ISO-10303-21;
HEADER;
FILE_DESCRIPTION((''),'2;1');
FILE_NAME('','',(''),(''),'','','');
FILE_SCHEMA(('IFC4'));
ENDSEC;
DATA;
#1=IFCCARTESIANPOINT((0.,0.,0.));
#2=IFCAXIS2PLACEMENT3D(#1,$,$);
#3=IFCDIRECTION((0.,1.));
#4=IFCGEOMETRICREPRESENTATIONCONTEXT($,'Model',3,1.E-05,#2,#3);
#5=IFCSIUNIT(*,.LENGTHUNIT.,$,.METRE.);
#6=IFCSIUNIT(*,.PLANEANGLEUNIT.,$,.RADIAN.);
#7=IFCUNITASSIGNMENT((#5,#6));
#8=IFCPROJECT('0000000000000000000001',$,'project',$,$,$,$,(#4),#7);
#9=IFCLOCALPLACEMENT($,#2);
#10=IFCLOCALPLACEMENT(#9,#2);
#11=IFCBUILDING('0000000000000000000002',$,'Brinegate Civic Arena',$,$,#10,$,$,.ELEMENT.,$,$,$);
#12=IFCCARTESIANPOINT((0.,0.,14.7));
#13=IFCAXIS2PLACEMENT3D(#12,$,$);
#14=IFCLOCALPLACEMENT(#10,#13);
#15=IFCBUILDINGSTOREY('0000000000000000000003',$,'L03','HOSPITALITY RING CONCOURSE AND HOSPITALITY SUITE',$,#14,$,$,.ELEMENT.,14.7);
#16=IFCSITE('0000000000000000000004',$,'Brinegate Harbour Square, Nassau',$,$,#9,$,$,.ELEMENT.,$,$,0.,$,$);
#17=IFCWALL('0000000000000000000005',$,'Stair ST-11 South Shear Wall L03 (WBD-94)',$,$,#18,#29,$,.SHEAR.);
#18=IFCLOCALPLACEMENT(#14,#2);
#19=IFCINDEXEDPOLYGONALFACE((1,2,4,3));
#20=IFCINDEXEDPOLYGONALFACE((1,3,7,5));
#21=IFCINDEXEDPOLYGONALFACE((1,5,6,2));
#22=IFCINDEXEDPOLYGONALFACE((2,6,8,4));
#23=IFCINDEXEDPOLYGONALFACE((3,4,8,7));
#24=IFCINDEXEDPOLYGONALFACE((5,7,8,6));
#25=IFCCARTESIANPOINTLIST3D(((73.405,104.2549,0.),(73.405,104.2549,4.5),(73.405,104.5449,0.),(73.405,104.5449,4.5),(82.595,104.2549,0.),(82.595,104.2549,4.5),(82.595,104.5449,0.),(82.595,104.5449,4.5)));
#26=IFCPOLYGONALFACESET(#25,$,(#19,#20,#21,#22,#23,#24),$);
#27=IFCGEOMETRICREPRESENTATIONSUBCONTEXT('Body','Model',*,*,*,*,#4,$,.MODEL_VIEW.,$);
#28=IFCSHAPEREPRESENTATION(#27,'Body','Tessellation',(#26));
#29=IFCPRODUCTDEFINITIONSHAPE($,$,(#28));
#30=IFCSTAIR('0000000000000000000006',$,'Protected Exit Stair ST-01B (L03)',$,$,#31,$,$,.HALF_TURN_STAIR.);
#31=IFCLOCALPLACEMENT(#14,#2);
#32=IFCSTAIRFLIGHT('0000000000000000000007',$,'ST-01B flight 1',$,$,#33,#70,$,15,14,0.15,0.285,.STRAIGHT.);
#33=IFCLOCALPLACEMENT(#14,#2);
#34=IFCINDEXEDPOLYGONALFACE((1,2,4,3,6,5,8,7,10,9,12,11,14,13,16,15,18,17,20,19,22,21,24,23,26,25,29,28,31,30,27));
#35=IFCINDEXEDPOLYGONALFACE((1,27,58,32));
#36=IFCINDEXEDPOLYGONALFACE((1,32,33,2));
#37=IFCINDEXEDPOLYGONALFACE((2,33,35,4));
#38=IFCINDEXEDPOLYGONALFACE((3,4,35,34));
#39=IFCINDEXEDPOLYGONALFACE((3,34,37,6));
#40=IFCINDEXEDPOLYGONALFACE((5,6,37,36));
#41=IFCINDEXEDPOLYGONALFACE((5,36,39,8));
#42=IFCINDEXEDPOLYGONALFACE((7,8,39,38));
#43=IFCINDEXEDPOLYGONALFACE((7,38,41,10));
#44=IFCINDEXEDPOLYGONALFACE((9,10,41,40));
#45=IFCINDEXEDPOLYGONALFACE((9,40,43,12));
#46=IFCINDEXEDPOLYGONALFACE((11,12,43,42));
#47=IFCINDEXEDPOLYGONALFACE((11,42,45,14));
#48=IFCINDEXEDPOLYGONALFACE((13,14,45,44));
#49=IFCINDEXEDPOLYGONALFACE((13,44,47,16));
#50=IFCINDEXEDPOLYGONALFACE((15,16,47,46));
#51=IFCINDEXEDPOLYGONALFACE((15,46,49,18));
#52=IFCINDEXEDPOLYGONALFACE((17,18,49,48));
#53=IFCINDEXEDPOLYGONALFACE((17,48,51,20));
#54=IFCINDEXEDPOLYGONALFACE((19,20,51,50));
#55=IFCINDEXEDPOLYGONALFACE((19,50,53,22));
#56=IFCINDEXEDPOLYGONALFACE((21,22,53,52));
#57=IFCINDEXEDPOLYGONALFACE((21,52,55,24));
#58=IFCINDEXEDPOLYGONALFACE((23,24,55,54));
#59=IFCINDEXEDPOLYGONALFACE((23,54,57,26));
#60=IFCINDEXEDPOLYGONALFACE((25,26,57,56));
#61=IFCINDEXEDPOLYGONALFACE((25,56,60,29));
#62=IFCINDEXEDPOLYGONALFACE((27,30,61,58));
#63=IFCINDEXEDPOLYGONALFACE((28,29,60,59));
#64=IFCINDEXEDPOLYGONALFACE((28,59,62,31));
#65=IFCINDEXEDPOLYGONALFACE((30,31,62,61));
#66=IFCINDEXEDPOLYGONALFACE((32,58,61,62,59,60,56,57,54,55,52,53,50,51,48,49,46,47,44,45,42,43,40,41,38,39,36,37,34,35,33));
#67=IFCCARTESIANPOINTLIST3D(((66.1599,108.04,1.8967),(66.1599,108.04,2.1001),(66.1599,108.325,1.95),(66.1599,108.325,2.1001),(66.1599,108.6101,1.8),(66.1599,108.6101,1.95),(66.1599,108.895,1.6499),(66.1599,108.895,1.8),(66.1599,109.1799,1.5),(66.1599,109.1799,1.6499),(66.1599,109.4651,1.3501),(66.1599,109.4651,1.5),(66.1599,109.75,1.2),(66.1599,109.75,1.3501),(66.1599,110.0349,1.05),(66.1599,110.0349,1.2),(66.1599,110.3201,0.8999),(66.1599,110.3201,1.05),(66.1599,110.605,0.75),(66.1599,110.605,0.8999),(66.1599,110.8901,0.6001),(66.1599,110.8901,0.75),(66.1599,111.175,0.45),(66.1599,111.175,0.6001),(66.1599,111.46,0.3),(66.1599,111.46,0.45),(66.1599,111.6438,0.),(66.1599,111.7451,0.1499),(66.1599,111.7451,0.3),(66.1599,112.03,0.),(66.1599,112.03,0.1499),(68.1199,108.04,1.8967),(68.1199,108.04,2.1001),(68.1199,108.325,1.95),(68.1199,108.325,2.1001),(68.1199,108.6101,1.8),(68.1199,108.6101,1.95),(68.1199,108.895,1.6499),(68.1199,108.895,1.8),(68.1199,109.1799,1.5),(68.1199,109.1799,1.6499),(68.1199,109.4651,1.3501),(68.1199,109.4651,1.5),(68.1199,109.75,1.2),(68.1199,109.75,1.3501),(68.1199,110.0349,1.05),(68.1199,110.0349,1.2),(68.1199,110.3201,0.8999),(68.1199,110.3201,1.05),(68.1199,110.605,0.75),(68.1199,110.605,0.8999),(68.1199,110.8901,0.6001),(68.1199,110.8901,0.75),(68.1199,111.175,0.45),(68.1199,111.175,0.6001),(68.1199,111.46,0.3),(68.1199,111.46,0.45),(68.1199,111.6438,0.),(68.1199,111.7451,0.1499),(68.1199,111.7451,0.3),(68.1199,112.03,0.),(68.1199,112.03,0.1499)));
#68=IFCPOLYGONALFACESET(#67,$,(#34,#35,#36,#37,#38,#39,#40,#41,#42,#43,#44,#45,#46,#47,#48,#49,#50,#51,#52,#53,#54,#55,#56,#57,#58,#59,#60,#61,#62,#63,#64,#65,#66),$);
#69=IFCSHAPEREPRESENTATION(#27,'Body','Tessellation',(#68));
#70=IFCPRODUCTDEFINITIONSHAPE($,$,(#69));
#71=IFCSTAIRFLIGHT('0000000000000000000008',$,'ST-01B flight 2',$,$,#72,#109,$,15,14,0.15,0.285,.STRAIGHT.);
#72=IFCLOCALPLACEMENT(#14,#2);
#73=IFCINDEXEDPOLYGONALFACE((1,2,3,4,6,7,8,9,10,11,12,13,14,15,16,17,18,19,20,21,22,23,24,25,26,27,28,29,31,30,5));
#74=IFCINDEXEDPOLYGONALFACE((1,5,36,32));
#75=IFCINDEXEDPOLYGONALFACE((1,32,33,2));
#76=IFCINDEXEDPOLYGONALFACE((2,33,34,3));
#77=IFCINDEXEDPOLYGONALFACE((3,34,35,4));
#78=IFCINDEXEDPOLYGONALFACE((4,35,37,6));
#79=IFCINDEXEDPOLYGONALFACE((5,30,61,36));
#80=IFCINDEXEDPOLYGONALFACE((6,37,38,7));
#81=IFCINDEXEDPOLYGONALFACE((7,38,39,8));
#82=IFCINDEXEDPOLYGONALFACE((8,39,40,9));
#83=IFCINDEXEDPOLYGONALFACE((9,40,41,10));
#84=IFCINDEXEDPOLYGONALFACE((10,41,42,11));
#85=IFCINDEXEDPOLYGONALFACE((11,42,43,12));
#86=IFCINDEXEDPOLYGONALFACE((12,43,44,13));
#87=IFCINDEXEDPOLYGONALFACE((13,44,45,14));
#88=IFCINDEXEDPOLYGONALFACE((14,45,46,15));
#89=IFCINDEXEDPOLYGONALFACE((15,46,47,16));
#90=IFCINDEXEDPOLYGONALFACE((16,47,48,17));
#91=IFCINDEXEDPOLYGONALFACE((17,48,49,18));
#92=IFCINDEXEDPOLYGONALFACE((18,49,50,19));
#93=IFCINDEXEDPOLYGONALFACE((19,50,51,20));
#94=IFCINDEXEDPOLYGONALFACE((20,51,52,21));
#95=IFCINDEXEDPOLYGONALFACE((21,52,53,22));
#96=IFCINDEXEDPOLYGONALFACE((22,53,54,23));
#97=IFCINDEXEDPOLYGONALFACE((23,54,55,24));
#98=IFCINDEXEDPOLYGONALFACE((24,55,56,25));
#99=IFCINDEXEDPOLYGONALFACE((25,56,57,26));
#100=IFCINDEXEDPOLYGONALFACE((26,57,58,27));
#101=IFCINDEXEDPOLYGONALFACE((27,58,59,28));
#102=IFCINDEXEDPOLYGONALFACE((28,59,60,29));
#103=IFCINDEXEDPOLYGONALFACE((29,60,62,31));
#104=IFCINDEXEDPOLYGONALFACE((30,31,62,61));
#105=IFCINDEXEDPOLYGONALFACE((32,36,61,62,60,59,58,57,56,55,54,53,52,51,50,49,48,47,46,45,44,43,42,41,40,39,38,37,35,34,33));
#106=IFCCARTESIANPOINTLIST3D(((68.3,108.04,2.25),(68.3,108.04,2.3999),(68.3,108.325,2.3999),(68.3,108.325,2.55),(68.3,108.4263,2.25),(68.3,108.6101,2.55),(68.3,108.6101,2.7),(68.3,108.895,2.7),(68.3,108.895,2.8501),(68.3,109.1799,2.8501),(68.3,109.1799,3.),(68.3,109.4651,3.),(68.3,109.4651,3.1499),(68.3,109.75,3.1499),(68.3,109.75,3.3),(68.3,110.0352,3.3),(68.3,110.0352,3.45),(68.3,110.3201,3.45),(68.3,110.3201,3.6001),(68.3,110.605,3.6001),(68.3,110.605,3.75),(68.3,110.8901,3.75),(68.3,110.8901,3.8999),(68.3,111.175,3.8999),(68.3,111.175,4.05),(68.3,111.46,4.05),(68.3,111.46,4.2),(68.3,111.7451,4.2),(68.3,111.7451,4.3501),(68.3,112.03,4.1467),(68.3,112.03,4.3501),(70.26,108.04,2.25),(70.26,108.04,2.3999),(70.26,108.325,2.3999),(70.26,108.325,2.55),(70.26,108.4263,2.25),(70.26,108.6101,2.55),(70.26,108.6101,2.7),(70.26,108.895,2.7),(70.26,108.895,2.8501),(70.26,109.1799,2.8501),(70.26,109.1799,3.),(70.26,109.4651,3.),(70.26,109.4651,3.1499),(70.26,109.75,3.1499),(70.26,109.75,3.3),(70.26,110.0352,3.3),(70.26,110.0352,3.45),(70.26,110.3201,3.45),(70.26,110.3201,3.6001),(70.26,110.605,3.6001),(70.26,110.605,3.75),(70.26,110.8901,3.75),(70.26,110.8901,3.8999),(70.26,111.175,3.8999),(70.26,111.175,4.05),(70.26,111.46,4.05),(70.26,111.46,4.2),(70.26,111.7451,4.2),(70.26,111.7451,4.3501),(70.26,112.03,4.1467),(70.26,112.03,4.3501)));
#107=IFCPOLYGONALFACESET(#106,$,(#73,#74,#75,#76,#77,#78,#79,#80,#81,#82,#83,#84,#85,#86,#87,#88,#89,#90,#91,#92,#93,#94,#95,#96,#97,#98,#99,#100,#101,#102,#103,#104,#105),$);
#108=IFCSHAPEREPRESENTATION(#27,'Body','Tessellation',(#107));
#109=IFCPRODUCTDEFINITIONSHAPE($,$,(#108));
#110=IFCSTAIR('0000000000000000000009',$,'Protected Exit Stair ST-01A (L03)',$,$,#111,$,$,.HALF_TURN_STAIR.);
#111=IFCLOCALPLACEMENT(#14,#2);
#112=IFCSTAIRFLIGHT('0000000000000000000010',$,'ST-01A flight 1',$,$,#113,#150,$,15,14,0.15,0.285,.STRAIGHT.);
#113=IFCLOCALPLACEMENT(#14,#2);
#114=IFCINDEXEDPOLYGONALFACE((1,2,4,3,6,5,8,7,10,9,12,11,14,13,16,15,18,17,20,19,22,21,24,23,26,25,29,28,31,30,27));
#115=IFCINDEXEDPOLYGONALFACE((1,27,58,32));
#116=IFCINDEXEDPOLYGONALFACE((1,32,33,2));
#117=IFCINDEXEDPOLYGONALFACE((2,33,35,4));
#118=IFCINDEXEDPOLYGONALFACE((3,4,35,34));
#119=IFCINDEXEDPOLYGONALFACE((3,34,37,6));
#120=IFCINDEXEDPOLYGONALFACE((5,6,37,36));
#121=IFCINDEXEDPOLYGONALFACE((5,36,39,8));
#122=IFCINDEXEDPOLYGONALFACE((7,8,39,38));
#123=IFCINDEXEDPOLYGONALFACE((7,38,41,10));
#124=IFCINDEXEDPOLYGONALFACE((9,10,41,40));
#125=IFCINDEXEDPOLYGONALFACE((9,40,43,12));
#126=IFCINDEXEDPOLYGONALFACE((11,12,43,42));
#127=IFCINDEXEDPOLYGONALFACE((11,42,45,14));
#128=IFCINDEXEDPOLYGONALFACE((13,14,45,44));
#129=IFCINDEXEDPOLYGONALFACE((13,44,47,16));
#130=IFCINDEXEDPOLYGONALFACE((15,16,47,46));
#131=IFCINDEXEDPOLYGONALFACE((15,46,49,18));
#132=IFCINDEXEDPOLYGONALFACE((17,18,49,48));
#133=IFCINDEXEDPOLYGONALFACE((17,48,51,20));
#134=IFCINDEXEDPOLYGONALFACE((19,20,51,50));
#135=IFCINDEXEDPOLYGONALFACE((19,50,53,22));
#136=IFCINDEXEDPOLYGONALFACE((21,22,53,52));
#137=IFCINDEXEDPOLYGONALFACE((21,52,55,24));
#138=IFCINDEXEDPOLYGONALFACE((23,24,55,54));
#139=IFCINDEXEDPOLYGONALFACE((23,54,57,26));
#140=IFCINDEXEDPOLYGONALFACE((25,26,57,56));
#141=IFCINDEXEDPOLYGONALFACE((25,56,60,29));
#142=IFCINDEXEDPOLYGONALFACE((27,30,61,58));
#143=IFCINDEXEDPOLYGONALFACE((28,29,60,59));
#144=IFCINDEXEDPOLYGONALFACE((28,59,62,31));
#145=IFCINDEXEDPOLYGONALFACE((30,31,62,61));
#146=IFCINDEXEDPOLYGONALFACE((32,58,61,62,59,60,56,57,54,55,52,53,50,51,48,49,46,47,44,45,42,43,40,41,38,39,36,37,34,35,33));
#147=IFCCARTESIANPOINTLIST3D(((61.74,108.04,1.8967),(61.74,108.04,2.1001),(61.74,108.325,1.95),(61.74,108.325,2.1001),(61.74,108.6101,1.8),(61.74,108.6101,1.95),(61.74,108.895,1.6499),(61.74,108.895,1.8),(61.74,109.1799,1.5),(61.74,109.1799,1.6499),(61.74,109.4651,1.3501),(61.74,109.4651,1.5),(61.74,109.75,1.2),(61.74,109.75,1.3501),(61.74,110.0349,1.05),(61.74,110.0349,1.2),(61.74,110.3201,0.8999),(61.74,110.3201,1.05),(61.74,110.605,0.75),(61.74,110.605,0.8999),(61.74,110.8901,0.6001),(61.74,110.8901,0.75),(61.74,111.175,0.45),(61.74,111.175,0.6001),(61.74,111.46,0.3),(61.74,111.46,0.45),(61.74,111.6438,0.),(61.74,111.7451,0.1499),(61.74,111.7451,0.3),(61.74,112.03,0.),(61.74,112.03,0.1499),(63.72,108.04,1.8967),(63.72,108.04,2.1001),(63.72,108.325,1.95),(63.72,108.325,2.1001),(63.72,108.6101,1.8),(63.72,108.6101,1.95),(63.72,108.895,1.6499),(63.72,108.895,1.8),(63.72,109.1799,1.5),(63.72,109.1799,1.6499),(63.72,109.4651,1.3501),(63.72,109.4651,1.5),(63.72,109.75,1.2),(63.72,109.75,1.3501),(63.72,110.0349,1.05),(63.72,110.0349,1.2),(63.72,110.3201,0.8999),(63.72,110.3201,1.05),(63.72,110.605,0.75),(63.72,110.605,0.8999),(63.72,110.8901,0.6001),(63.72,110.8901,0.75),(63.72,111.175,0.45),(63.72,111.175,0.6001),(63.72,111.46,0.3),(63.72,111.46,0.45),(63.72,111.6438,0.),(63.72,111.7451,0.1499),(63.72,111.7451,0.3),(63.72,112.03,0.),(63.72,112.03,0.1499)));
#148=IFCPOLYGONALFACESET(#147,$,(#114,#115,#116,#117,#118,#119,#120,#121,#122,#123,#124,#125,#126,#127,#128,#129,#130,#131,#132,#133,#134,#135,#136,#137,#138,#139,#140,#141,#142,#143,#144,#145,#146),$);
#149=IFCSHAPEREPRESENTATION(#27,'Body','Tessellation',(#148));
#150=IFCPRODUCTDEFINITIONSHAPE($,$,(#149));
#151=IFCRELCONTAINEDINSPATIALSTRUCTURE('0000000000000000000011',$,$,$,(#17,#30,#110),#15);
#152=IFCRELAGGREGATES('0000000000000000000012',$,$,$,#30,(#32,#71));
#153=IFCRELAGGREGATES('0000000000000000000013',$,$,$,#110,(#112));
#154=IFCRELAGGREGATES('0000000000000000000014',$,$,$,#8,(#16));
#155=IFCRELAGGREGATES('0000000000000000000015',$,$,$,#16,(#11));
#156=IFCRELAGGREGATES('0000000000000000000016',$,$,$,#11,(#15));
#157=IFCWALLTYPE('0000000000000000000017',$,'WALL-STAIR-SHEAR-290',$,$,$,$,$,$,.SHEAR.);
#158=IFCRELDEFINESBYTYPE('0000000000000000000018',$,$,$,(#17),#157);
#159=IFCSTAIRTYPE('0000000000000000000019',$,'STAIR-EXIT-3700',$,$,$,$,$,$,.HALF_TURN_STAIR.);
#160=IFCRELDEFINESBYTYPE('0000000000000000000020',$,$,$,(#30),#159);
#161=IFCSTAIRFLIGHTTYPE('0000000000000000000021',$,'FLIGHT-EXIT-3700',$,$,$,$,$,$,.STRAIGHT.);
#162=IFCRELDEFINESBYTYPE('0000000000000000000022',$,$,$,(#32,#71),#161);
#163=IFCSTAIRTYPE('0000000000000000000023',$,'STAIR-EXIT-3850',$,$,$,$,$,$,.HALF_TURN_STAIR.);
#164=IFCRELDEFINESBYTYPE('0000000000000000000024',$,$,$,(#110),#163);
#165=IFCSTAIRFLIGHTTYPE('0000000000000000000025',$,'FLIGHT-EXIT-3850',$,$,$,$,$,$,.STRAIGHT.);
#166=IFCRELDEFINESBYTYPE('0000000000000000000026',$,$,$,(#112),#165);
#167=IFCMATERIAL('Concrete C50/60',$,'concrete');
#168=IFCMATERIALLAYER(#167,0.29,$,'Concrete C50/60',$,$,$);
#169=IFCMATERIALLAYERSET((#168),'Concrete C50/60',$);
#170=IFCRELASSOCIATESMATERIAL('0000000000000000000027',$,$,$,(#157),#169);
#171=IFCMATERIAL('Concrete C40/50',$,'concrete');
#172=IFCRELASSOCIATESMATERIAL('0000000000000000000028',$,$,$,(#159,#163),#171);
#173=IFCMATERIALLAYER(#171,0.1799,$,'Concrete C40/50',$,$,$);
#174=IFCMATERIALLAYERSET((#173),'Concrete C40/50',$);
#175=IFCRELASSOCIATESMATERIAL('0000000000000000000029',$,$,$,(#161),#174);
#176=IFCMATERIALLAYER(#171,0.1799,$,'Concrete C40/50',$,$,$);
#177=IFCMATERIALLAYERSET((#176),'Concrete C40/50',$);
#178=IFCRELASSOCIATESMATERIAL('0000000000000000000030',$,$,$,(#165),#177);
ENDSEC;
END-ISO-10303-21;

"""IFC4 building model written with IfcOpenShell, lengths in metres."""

from ifc_helpers import new_model, si_unit, direction, frame, frame_2d, origin, place, context, subcontext, project, spatial, polyline, rectangle, outline, extrude, material, layer, layer_set, type_object, element, aggregate, save


model = new_model("IFC4")

# Units and contexts
model_context = context("Model", 3, precision=1e-05, world=origin(), true_north=direction((0.0, 1.0)))
body_context = subcontext(model_context, "Body", "Model", "MODEL_VIEW")
ifc_project = project(units=[si_unit("LENGTHUNIT", "METRE"), si_unit("PLANEANGLEUNIT", "RADIAN")], contexts=[model_context])

# Site, building, storey
site_placement = place(None, origin())
site = spatial("IfcSite", under=ifc_project, at=site_placement, Name="Brinegate Harbour Square, Nassau", CompositionType="ELEMENT", RefElevation=0.0)
building_placement = place(site_placement, origin())
building = spatial("IfcBuilding", under=site, at=building_placement, Name="Brinegate Civic Arena", CompositionType="ELEMENT")
storey_placement = place(building_placement, frame((0.0, 0.0, 14.7)))
storey = spatial("IfcBuildingStorey", under=building, at=storey_placement, Name="L03", Description="HOSPITALITY RING CONCOURSE AND HOSPITALITY SUITE", CompositionType="ELEMENT", Elevation=14.7)

# Shared definitions
ifc_material_1 = material(Name="Concrete C50/60", Category="concrete")

# Wall
ifc_layer_1 = layer(ifc_material_1, 0.29, Name="Concrete C50/60")
ifc_layer_set_1 = layer_set([ifc_layer_1], Name="Concrete C50/60")
wall_type_1 = type_object("IfcWallType", Name="WALL-STAIR-SHEAR-290", PredefinedType="SHEAR", material=ifc_layer_set_1)
wall_1_placement = place(storey_placement, frame((73.405, 104.3999, 0.0), z_axis=(0.0, 0.0, 1.0), x_axis=(1.0, 0.0, 0.0)))
element("IfcWall", 1, at=wall_1_placement, inside=storey, type_object=wall_type_1, Name="Stair ST-11 South Shear Wall L03 (WBD-94)", PredefinedType="SHEAR", context=body_context, shape_type="SweptSolid", body=[
    extrude(rectangle(XDim=9.1899, YDim=0.29, at=frame_2d((4.595, 0.0))), origin(), (0.0, 0.0, 1.0), 4.5),
])

# Stairs, stair flights
ifc_material_2 = material(Name="Concrete C40/50", Category="concrete")
stair_type_1 = type_object("IfcStairType", Name="STAIR-EXIT-3700", PredefinedType="HALF_TURN_STAIR", material=ifc_material_2)
stair_1_placement = place(storey_placement, origin())
stair_1 = element("IfcStair", 2, at=stair_1_placement, inside=storey, type_object=stair_type_1, Name="Protected Exit Stair ST-01B (L03)", PredefinedType="HALF_TURN_STAIR")
ifc_layer_2 = layer(ifc_material_2, 0.1799, Name="Concrete C40/50")
ifc_layer_set_2 = layer_set([ifc_layer_2], Name="Concrete C40/50")
stair_flight_type_1 = type_object("IfcStairFlightType", Name="FLIGHT-EXIT-3700", PredefinedType="STRAIGHT", material=ifc_layer_set_2)
stair_flight_1_placement = place(storey_placement, frame((67.1399, 112.03, 0.0), z_axis=(0.0, 0.0, 1.0), x_axis=(0.0, -1.0, 0.0)))
stair_flight_1 = element("IfcStairFlight", 3, at=stair_flight_1_placement, type_object=stair_flight_type_1, Name="ST-01B flight 1", NumberOfRisers=15, NumberOfTreads=14, PredefinedType="STRAIGHT", RiserHeight=0.15, TreadLength=0.285, context=body_context, shape_type="SweptSolid", body=[
    extrude(outline(polyline([(0.0, 0.0), (0.0, 0.1499), (0.2849, 0.1499), (0.2849, 0.3), (0.5701, 0.3), (0.5701, 0.45), (0.855, 0.45), (0.855, 0.6001), (1.1399, 0.6001), (1.1399, 0.75), (1.425, 0.75), (1.425, 0.8999), (1.71, 0.8999), (1.71, 1.05), (1.9951, 1.05), (1.9951, 1.2), (2.28, 1.2), (2.28, 1.3501), (2.5649, 1.3501), (2.5649, 1.5), (2.8501, 1.5), (2.8501, 1.6499), (3.135, 1.6499), (3.135, 1.8), (3.4199, 1.8), (3.4199, 1.95), (3.7051, 1.95), (3.7051, 2.1001), (3.99, 2.1001), (3.99, 2.25), (3.99, 1.8967), (0.3862, 0.0), (0.0, 0.0)])), frame((0.0, 0.98, 0.0), z_axis=(0.0, -1.0, 0.0), x_axis=(1.0, 0.0, 0.0)), (0.0, 0.0, 1.0), 1.96),
])
stair_flight_2_placement = place(storey_placement, frame((69.28, 108.04, 2.25), z_axis=(0.0, 0.0, 1.0), x_axis=(0.0, 1.0, 0.0)))
stair_flight_2 = element("IfcStairFlight", 4, at=stair_flight_2_placement, type_object=stair_flight_type_1, Name="ST-01B flight 2", NumberOfRisers=15, NumberOfTreads=14, PredefinedType="STRAIGHT", RiserHeight=0.15, TreadLength=0.285, context=body_context, shape_type="SweptSolid", body=[
    extrude(outline(polyline([(0.0, 0.0), (0.0, 0.1499), (0.2849, 0.1499), (0.2849, 0.3), (0.5701, 0.3), (0.5701, 0.45), (0.855, 0.45), (0.855, 0.6001), (1.1399, 0.6001), (1.1399, 0.75), (1.425, 0.75), (1.425, 0.8999), (1.71, 0.8999), (1.71, 1.05), (1.9951, 1.05), (1.9951, 1.2), (2.28, 1.2), (2.28, 1.3501), (2.5649, 1.3501), (2.5649, 1.5), (2.8501, 1.5), (2.8501, 1.6499), (3.135, 1.6499), (3.135, 1.8), (3.4199, 1.8), (3.4199, 1.95), (3.7051, 1.95), (3.7051, 2.1001), (3.99, 2.1001), (3.99, 2.25), (3.99, 1.8967), (0.3862, 0.0), (0.0, 0.0)])), frame((0.0, 0.98, 0.0), z_axis=(0.0, -1.0, 0.0), x_axis=(1.0, 0.0, 0.0)), (0.0, 0.0, 1.0), 1.96),
])
aggregate(stair_1, [stair_flight_1, stair_flight_2])
stair_type_2 = type_object("IfcStairType", Name="STAIR-EXIT-3850", PredefinedType="HALF_TURN_STAIR", material=ifc_material_2)
stair_2_placement = place(storey_placement, origin())
stair_2 = element("IfcStair", 5, at=stair_2_placement, inside=storey, type_object=stair_type_2, Name="Protected Exit Stair ST-01A (L03)", PredefinedType="HALF_TURN_STAIR")
ifc_layer_3 = layer(ifc_material_2, 0.1799, Name="Concrete C40/50")
ifc_layer_set_3 = layer_set([ifc_layer_3], Name="Concrete C40/50")
stair_flight_type_2 = type_object("IfcStairFlightType", Name="FLIGHT-EXIT-3850", PredefinedType="STRAIGHT", material=ifc_layer_set_3)
stair_flight_3_placement = place(storey_placement, frame((62.73, 112.03, 0.0), z_axis=(0.0, 0.0, 1.0), x_axis=(0.0, -1.0, 0.0)))
stair_flight_3 = element("IfcStairFlight", 6, at=stair_flight_3_placement, type_object=stair_flight_type_2, Name="ST-01A flight 1", NumberOfRisers=15, NumberOfTreads=14, PredefinedType="STRAIGHT", RiserHeight=0.15, TreadLength=0.285, context=body_context, shape_type="SweptSolid", body=[
    extrude(outline(polyline([(0.0, 0.0), (0.0, 0.1499), (0.2849, 0.1499), (0.2849, 0.3), (0.5701, 0.3), (0.5701, 0.45), (0.855, 0.45), (0.855, 0.6001), (1.1399, 0.6001), (1.1399, 0.75), (1.425, 0.75), (1.425, 0.8999), (1.71, 0.8999), (1.71, 1.05), (1.9951, 1.05), (1.9951, 1.2), (2.28, 1.2), (2.28, 1.3501), (2.5649, 1.3501), (2.5649, 1.5), (2.8501, 1.5), (2.8501, 1.6499), (3.135, 1.6499), (3.135, 1.8), (3.4199, 1.8), (3.4199, 1.95), (3.7051, 1.95), (3.7051, 2.1001), (3.99, 2.1001), (3.99, 2.25), (3.99, 1.8967), (0.3862, 0.0), (0.0, 0.0)])), frame((0.0, 0.99, 0.0), z_axis=(0.0, -1.0, 0.0), x_axis=(1.0, 0.0, 0.0)), (0.0, 0.0, 1.0), 1.98),
])
aggregate(stair_2, [stair_flight_3])

save(model, "model.ifc")
